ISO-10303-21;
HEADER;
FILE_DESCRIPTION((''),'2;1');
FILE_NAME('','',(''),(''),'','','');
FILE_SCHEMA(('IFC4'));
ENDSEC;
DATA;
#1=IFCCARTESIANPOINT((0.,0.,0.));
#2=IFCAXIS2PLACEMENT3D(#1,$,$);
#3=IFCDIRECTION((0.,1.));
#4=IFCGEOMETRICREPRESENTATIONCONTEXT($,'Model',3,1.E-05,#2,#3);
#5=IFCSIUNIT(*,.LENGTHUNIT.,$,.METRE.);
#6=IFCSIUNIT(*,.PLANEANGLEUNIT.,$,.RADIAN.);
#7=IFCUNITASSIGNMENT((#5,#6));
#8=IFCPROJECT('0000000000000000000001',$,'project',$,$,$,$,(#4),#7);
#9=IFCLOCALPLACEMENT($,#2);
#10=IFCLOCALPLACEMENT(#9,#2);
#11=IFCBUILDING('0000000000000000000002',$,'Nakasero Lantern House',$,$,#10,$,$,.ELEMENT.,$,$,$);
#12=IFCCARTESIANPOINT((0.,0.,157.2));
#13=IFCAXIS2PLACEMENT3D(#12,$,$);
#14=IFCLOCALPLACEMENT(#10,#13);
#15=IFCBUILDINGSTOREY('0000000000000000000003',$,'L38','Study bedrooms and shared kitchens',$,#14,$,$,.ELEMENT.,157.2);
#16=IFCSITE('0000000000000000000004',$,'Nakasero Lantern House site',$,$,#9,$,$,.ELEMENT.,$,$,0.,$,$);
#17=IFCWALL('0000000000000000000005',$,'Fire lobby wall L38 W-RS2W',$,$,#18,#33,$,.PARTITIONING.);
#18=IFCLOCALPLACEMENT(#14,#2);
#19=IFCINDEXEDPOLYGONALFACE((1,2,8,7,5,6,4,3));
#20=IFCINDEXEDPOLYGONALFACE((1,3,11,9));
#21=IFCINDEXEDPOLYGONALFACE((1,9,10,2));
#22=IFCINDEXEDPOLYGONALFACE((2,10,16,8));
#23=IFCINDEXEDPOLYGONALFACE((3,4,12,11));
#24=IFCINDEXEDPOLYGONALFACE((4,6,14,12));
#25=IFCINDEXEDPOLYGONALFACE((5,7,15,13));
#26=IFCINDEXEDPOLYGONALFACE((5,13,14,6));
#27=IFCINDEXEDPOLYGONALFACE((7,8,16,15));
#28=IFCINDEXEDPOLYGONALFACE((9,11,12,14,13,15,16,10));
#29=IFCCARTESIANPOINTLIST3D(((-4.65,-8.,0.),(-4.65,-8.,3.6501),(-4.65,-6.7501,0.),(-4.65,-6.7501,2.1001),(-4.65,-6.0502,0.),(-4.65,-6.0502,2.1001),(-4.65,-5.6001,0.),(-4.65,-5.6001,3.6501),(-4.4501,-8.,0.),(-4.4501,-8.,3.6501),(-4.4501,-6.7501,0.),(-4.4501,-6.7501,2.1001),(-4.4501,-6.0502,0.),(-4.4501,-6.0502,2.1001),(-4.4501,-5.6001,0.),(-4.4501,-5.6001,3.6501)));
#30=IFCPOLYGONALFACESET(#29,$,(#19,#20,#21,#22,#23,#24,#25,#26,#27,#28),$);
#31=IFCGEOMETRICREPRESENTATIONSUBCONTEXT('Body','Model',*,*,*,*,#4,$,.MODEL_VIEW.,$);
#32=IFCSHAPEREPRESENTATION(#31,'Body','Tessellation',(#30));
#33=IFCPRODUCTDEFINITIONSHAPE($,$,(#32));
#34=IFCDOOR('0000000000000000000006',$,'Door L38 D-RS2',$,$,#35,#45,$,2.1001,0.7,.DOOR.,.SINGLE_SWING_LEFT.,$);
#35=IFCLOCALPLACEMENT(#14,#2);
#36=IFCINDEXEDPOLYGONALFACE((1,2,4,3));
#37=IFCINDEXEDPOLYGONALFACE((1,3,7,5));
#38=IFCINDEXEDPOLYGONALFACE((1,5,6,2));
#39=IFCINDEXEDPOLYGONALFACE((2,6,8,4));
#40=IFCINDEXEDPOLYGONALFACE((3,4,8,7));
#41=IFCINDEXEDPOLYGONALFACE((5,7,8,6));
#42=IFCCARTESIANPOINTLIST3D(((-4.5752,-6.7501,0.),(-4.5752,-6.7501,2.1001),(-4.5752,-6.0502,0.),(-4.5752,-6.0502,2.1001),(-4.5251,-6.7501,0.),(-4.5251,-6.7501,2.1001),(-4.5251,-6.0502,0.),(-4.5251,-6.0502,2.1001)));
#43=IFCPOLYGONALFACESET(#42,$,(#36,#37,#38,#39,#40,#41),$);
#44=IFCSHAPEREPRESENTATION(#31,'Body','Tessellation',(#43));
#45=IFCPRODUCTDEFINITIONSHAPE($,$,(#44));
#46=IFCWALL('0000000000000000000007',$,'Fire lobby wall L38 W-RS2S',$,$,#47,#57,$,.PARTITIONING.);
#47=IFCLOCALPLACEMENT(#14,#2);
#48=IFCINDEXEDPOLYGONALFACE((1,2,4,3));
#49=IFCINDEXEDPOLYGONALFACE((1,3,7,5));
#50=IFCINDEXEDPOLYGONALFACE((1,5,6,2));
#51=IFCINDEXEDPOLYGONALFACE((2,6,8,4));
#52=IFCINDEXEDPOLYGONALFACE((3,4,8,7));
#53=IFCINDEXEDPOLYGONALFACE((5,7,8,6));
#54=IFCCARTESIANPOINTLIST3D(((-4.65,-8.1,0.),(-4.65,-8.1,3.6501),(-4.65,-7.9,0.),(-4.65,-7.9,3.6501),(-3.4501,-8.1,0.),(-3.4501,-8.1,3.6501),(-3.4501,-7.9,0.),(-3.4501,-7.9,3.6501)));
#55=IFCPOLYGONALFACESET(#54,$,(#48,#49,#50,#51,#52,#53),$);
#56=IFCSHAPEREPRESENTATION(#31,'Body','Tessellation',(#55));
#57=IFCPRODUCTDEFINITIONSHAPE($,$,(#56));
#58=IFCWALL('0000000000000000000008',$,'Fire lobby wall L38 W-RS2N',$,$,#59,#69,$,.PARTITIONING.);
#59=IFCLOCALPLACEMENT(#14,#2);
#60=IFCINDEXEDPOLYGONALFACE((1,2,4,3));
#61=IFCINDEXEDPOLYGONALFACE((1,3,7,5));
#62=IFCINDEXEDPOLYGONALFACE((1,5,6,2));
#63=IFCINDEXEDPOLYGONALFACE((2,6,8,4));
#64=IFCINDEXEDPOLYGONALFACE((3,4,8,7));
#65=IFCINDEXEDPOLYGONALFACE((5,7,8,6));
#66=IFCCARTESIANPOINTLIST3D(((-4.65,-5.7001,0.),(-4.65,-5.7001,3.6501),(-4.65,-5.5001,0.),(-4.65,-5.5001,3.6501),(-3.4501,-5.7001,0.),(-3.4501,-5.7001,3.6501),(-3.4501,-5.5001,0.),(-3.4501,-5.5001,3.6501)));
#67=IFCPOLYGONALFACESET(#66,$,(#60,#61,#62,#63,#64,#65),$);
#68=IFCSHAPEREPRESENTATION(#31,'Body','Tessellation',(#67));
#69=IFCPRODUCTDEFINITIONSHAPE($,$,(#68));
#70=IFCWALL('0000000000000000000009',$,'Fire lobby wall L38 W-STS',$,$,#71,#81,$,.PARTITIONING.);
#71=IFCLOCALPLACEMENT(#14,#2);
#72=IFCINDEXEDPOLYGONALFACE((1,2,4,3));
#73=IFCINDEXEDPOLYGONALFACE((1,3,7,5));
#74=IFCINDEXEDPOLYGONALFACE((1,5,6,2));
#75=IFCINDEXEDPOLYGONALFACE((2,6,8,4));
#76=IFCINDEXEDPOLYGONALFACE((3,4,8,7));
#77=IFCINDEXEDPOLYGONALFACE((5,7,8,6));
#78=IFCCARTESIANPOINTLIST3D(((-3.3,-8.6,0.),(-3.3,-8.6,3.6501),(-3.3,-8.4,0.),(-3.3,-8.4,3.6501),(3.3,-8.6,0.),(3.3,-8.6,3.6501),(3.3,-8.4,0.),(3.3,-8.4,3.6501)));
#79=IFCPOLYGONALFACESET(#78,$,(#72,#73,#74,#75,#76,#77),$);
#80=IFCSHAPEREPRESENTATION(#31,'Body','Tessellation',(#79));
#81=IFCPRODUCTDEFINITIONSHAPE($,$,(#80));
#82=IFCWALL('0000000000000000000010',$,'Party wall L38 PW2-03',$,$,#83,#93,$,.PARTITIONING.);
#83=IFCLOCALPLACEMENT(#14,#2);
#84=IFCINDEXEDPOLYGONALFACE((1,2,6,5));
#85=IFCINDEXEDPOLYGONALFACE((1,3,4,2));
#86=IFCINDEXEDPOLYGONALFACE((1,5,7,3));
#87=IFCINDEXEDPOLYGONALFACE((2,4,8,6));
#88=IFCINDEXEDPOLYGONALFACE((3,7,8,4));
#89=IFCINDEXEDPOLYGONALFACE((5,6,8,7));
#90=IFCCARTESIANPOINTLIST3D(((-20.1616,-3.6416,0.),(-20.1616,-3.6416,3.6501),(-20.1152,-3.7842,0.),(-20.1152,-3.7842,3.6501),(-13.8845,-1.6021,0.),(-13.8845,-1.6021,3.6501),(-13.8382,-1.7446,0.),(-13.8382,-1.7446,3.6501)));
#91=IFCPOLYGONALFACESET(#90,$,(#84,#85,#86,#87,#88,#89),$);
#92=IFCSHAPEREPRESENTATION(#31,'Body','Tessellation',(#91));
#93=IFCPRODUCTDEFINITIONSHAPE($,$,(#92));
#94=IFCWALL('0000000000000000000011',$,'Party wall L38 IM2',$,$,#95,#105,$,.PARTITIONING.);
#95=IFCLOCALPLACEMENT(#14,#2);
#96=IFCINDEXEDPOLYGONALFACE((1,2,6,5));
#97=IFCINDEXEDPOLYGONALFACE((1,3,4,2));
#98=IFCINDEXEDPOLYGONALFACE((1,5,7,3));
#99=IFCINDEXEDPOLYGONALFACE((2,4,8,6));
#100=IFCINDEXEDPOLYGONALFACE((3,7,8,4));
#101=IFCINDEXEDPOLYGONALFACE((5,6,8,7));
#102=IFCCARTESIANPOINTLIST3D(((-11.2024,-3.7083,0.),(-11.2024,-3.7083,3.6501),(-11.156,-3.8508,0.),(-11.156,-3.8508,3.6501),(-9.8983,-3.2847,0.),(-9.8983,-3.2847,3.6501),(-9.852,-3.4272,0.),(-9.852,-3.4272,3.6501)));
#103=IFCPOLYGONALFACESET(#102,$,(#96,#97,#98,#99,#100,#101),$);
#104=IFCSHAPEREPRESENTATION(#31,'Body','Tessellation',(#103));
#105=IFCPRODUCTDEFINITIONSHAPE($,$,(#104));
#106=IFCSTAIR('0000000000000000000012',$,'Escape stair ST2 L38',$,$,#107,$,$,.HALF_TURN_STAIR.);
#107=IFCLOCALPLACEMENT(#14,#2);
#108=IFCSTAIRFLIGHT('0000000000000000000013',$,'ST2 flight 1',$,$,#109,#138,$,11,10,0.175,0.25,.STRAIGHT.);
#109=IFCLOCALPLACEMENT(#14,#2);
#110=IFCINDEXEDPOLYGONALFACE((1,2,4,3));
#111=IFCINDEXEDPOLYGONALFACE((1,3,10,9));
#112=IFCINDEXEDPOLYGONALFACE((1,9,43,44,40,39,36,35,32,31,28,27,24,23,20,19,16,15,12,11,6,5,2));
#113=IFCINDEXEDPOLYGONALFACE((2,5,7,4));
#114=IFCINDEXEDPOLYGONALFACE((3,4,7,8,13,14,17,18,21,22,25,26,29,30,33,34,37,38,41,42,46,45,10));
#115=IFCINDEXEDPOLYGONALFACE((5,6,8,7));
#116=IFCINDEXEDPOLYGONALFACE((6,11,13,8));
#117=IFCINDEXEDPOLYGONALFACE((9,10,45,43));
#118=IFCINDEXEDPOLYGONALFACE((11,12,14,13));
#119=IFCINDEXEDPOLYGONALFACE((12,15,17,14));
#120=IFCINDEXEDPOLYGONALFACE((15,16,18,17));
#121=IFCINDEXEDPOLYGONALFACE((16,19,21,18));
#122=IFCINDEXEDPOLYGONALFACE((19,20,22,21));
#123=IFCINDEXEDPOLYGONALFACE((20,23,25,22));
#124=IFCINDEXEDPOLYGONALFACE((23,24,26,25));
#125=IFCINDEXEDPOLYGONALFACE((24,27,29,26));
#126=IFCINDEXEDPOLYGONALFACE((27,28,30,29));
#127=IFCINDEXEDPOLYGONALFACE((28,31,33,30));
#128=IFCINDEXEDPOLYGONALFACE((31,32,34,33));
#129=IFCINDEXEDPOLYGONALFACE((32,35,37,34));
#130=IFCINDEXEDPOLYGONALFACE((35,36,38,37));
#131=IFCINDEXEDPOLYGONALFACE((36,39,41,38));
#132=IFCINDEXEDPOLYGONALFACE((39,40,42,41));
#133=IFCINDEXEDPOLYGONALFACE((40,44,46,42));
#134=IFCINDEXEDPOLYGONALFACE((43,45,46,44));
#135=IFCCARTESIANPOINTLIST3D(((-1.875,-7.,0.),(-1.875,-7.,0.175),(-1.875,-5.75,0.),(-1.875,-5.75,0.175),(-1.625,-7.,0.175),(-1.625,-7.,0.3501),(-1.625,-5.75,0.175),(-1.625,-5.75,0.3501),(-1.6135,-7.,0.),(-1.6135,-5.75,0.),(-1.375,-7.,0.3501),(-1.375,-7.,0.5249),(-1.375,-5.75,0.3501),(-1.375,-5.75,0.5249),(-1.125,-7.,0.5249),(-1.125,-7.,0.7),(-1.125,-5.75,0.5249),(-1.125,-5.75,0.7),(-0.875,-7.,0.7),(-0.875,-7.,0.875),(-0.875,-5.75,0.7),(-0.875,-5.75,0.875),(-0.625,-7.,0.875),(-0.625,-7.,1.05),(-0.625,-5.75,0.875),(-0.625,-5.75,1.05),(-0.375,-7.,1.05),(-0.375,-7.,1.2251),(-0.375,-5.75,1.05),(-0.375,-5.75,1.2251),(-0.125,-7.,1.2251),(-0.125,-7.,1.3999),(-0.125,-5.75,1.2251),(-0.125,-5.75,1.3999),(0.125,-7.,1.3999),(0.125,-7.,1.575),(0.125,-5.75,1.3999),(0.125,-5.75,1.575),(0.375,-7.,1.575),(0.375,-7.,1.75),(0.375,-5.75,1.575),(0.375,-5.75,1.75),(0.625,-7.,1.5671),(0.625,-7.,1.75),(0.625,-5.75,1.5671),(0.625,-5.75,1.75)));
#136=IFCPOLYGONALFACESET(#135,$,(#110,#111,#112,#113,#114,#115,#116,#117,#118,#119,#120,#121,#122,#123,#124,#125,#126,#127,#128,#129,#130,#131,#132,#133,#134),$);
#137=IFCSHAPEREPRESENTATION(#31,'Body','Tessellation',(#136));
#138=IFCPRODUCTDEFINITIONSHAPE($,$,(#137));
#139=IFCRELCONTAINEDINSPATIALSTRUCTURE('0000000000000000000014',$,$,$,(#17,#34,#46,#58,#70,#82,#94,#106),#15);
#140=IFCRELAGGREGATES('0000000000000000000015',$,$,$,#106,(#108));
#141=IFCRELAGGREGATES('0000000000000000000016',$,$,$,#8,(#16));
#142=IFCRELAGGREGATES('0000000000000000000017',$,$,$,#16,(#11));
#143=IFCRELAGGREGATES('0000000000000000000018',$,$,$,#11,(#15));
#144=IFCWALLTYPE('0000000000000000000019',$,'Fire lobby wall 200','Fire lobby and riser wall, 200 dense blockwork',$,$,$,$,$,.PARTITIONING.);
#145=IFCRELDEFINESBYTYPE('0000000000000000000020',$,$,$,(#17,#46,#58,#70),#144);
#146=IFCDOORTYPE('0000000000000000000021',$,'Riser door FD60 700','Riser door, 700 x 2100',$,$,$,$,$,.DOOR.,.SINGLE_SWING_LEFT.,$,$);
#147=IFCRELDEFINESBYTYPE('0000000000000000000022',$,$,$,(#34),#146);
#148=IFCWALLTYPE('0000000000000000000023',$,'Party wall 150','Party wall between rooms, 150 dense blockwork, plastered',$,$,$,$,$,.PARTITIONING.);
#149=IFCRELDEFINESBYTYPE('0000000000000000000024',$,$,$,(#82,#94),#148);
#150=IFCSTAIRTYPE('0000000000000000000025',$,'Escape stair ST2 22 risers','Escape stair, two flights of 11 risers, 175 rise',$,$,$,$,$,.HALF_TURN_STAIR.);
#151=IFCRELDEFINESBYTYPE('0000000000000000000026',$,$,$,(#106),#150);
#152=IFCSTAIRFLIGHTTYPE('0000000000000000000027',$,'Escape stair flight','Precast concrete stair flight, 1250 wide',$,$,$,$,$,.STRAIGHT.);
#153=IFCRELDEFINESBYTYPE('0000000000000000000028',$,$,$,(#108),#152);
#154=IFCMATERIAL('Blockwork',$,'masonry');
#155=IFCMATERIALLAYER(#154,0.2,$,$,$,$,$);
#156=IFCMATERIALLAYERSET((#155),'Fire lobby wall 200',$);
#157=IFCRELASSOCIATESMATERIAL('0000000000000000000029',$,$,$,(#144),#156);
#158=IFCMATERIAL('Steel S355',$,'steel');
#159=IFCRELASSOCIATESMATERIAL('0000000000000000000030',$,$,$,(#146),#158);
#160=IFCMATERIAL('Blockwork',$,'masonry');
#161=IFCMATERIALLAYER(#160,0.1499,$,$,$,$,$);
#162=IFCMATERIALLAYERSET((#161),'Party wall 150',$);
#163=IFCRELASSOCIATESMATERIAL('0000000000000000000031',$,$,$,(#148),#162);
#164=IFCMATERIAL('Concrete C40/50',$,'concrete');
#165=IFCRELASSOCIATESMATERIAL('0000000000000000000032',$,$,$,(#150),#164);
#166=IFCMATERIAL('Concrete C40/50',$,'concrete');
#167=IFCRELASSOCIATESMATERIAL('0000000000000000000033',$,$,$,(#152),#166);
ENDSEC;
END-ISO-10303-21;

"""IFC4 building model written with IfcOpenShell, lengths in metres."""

from ifc_helpers import new_model, si_unit, direction, frame, frame_2d, origin, place, context, subcontext, project, spatial, polyline, rectangle, outline, extrude, material, layer, layer_set, type_object, element, fill, aggregate, save


model = new_model("IFC4")

# Units and contexts
model_context = context("Model", 3, precision=1e-05, world=origin(), true_north=direction((0.0, 1.0)))
body_context = subcontext(model_context, "Body", "Model", "MODEL_VIEW")
ifc_project = project(units=[si_unit("LENGTHUNIT", "METRE"), si_unit("PLANEANGLEUNIT", "RADIAN")], contexts=[model_context])

# Site, building, storey
site_placement = place(None, origin())
site = spatial("IfcSite", under=ifc_project, at=site_placement, Name="Nakasero Lantern House site", CompositionType="ELEMENT", RefElevation=0.0)
building_placement = place(site_placement, origin())
building = spatial("IfcBuilding", under=site, at=building_placement, Name="Nakasero Lantern House", CompositionType="ELEMENT")
storey_placement = place(building_placement, frame((0.0, 0.0, 157.2)))
storey = spatial("IfcBuildingStorey", under=building, at=storey_placement, Name="L38", Description="Study bedrooms and shared kitchens", CompositionType="ELEMENT", Elevation=157.2)

# Wall, opening, door
ifc_material_1 = material(Name="Blockwork", Category="masonry")
ifc_layer_1 = layer(ifc_material_1, 0.2)
ifc_layer_set_1 = layer_set([ifc_layer_1], Name="Fire lobby wall 200")
wall_type_1 = type_object("IfcWallType", Name="Fire lobby wall 200", Description="Fire lobby and riser wall, 200 dense blockwork", PredefinedType="PARTITIONING", material=ifc_layer_set_1)
wall_1_placement = place(storey_placement, frame((-4.55, -5.6001, 0.0), z_axis=(0.0, 0.0, 1.0), x_axis=(0.0, -1.0, 0.0)))
wall_1 = element("IfcWall", 1, at=wall_1_placement, inside=storey, type_object=wall_type_1, Name="Fire lobby wall L38 W-RS2W", PredefinedType="PARTITIONING", context=body_context, shape_type="SweptSolid", body=[
    extrude(rectangle(XDim=2.3999, YDim=0.2, at=frame_2d((1.2, 0.0))), origin(), (0.0, 0.0, 1.0), 3.6501),
])
opening_1_placement = place(wall_1_placement, frame((0.45, 0.0, 0.0)))
opening_1 = element("IfcOpeningElement", 2, at=opening_1_placement, cuts=wall_1, PredefinedType="OPENING", context=body_context, shape_type="SweptSolid", body=[
    extrude(rectangle(XDim=0.7, YDim=2.1001, at=frame_2d((0.3501, 1.05))), frame((0.0, 0.1199, 0.0), z_axis=(0.0, -1.0, 0.0), x_axis=(1.0, 0.0, 0.0)), (0.0, 0.0, 1.0), 0.24),
])
ifc_material_2 = material(Name="Steel S355", Category="steel")
door_type_1 = type_object("IfcDoorType", Name="Riser door FD60 700", Description="Riser door, 700 x 2100", OperationType="SINGLE_SWING_LEFT", PredefinedType="DOOR", material=ifc_material_2)
door_1_placement = place(opening_1_placement, origin())
door_1 = element("IfcDoor", 3, at=door_1_placement, inside=storey, type_object=door_type_1, Name="Door L38 D-RS2", OperationType="SINGLE_SWING_LEFT", OverallHeight=2.1001, OverallWidth=0.7, PredefinedType="DOOR", context=body_context, shape_type="SweptSolid", body=[
    extrude(rectangle(XDim=0.7, YDim=2.1001, at=frame_2d((0.3501, 1.05))), frame((0.0, 0.0249, 0.0), z_axis=(0.0, -1.0, 0.0), x_axis=(1.0, 0.0, 0.0)), (0.0, 0.0, 1.0), 0.05),
])
fill(opening_1, door_1)

# Walls
for number, where, z_axis, x_axis, name in (
    (4, (-3.45, -8.0, 0.0), (0.0, 0.0, 1.0), (-1.0, 0.0, 0.0), "Fire lobby wall L38 W-RS2S"),
    (5, (-3.45, -5.6001, 0.0), (0.0, 0.0, 1.0), (-1.0, 0.0, 0.0), "Fire lobby wall L38 W-RS2N"),
):
    element("IfcWall", number, at=place(storey_placement, frame(where, z_axis=z_axis, x_axis=x_axis)), inside=storey, type_object=wall_type_1, Name=name, PredefinedType="PARTITIONING", context=body_context, shape_type="SweptSolid", body=[
        extrude(rectangle(XDim=1.2, YDim=0.2, at=frame_2d((0.6001, 0.0))), origin(), (0.0, 0.0, 1.0), 3.6501),
    ])
wall_2_placement = place(storey_placement, frame((-3.3, -8.5, 0.0), z_axis=(0.0, 0.0, 1.0), x_axis=(1.0, 0.0, 0.0)))
element("IfcWall", 6, at=wall_2_placement, inside=storey, type_object=wall_type_1, Name="Fire lobby wall L38 W-STS", PredefinedType="PARTITIONING", context=body_context, shape_type="SweptSolid", body=[
    extrude(rectangle(XDim=6.6001, YDim=0.2, at=frame_2d((3.3, 0.0))), origin(), (0.0, 0.0, 1.0), 3.6501),
])
ifc_material_3 = material(Name="Blockwork", Category="masonry")
ifc_layer_2 = layer(ifc_material_3, 0.1499)
ifc_layer_set_2 = layer_set([ifc_layer_2], Name="Party wall 150")
wall_type_2 = type_object("IfcWallType", Name="Party wall 150", Description="Party wall between rooms, 150 dense blockwork, plastered", PredefinedType="PARTITIONING", material=ifc_layer_set_2)
wall_3_placement = place(storey_placement, frame((-13.8613, -1.6733, 0.0), z_axis=(0.0, 0.0, 1.0), x_axis=(-0.951057, -0.309017, 0.0)))
element("IfcWall", 7, at=wall_3_placement, inside=storey, type_object=wall_type_2, Name="Party wall L38 PW2-03", PredefinedType="PARTITIONING", context=body_context, shape_type="SweptSolid", body=[
    extrude(rectangle(XDim=6.6001, YDim=0.1499, at=frame_2d((3.3, 0.0))), origin(), (0.0, 0.0, 1.0), 3.6501),
])
wall_4_placement = place(storey_placement, frame((-11.1792, -3.7795, 0.0), z_axis=(0.0, 0.0, 1.0), x_axis=(0.951077, 0.308953, 0.0)))
element("IfcWall", 8, at=wall_4_placement, inside=storey, type_object=wall_type_2, Name="Party wall L38 IM2", PredefinedType="PARTITIONING", context=body_context, shape_type="SweptSolid", body=[
    extrude(rectangle(XDim=1.3711, YDim=0.1499, at=frame_2d((0.6855, 0.0))), origin(), (0.0, 0.0, 1.0), 3.6501),
])

# Stair, stair flight
ifc_material_4 = material(Name="Concrete C40/50", Category="concrete")
stair_type = type_object("IfcStairType", Name="Escape stair ST2 22 risers", Description="Escape stair, two flights of 11 risers, 175 rise", PredefinedType="HALF_TURN_STAIR", material=ifc_material_4)
stair_placement = place(storey_placement, origin())
stair = element("IfcStair", 9, at=stair_placement, inside=storey, type_object=stair_type, Name="Escape stair ST2 L38", PredefinedType="HALF_TURN_STAIR")
ifc_material_5 = material(Name="Concrete C40/50", Category="concrete")
stair_flight_type = type_object("IfcStairFlightType", Name="Escape stair flight", Description="Precast concrete stair flight, 1250 wide", PredefinedType="STRAIGHT", material=ifc_material_5)
stair_flight_placement = place(storey_placement, frame((-1.875, -6.375, 0.0), z_axis=(0.0, 0.0, 1.0), x_axis=(1.0, 0.0, 0.0)))
stair_flight = element("IfcStairFlight", 10, at=stair_flight_placement, type_object=stair_flight_type, Name="ST2 flight 1", NumberOfRisers=11, NumberOfTreads=10, PredefinedType="STRAIGHT", RiserHeight=0.175, TreadLength=0.25, context=body_context, shape_type="SweptSolid", body=[
    extrude(outline(polyline([(0.0, 0.0), (0.0, 0.175), (0.25, 0.175), (0.25, 0.3501), (0.5, 0.3501), (0.5, 0.5249), (0.75, 0.5249), (0.75, 0.7), (1.0, 0.7), (1.0, 0.875), (1.25, 0.875), (1.25, 1.05), (1.5, 1.05), (1.5, 1.2251), (1.75, 1.2251), (1.75, 1.3999), (2.0, 1.3999), (2.0, 1.575), (2.25, 1.575), (2.25, 1.75), (2.5, 1.75), (2.5, 1.925), (2.5, 1.5671), (0.2615, 0.0), (0.0, 0.0)])), frame((0.0, 0.625, 0.0), z_axis=(0.0, -1.0, 0.0), x_axis=(1.0, 0.0, 0.0)), (0.0, 0.0, 1.0), 1.25),
])
aggregate(stair, [stair_flight])

save(model, "model.ifc")
